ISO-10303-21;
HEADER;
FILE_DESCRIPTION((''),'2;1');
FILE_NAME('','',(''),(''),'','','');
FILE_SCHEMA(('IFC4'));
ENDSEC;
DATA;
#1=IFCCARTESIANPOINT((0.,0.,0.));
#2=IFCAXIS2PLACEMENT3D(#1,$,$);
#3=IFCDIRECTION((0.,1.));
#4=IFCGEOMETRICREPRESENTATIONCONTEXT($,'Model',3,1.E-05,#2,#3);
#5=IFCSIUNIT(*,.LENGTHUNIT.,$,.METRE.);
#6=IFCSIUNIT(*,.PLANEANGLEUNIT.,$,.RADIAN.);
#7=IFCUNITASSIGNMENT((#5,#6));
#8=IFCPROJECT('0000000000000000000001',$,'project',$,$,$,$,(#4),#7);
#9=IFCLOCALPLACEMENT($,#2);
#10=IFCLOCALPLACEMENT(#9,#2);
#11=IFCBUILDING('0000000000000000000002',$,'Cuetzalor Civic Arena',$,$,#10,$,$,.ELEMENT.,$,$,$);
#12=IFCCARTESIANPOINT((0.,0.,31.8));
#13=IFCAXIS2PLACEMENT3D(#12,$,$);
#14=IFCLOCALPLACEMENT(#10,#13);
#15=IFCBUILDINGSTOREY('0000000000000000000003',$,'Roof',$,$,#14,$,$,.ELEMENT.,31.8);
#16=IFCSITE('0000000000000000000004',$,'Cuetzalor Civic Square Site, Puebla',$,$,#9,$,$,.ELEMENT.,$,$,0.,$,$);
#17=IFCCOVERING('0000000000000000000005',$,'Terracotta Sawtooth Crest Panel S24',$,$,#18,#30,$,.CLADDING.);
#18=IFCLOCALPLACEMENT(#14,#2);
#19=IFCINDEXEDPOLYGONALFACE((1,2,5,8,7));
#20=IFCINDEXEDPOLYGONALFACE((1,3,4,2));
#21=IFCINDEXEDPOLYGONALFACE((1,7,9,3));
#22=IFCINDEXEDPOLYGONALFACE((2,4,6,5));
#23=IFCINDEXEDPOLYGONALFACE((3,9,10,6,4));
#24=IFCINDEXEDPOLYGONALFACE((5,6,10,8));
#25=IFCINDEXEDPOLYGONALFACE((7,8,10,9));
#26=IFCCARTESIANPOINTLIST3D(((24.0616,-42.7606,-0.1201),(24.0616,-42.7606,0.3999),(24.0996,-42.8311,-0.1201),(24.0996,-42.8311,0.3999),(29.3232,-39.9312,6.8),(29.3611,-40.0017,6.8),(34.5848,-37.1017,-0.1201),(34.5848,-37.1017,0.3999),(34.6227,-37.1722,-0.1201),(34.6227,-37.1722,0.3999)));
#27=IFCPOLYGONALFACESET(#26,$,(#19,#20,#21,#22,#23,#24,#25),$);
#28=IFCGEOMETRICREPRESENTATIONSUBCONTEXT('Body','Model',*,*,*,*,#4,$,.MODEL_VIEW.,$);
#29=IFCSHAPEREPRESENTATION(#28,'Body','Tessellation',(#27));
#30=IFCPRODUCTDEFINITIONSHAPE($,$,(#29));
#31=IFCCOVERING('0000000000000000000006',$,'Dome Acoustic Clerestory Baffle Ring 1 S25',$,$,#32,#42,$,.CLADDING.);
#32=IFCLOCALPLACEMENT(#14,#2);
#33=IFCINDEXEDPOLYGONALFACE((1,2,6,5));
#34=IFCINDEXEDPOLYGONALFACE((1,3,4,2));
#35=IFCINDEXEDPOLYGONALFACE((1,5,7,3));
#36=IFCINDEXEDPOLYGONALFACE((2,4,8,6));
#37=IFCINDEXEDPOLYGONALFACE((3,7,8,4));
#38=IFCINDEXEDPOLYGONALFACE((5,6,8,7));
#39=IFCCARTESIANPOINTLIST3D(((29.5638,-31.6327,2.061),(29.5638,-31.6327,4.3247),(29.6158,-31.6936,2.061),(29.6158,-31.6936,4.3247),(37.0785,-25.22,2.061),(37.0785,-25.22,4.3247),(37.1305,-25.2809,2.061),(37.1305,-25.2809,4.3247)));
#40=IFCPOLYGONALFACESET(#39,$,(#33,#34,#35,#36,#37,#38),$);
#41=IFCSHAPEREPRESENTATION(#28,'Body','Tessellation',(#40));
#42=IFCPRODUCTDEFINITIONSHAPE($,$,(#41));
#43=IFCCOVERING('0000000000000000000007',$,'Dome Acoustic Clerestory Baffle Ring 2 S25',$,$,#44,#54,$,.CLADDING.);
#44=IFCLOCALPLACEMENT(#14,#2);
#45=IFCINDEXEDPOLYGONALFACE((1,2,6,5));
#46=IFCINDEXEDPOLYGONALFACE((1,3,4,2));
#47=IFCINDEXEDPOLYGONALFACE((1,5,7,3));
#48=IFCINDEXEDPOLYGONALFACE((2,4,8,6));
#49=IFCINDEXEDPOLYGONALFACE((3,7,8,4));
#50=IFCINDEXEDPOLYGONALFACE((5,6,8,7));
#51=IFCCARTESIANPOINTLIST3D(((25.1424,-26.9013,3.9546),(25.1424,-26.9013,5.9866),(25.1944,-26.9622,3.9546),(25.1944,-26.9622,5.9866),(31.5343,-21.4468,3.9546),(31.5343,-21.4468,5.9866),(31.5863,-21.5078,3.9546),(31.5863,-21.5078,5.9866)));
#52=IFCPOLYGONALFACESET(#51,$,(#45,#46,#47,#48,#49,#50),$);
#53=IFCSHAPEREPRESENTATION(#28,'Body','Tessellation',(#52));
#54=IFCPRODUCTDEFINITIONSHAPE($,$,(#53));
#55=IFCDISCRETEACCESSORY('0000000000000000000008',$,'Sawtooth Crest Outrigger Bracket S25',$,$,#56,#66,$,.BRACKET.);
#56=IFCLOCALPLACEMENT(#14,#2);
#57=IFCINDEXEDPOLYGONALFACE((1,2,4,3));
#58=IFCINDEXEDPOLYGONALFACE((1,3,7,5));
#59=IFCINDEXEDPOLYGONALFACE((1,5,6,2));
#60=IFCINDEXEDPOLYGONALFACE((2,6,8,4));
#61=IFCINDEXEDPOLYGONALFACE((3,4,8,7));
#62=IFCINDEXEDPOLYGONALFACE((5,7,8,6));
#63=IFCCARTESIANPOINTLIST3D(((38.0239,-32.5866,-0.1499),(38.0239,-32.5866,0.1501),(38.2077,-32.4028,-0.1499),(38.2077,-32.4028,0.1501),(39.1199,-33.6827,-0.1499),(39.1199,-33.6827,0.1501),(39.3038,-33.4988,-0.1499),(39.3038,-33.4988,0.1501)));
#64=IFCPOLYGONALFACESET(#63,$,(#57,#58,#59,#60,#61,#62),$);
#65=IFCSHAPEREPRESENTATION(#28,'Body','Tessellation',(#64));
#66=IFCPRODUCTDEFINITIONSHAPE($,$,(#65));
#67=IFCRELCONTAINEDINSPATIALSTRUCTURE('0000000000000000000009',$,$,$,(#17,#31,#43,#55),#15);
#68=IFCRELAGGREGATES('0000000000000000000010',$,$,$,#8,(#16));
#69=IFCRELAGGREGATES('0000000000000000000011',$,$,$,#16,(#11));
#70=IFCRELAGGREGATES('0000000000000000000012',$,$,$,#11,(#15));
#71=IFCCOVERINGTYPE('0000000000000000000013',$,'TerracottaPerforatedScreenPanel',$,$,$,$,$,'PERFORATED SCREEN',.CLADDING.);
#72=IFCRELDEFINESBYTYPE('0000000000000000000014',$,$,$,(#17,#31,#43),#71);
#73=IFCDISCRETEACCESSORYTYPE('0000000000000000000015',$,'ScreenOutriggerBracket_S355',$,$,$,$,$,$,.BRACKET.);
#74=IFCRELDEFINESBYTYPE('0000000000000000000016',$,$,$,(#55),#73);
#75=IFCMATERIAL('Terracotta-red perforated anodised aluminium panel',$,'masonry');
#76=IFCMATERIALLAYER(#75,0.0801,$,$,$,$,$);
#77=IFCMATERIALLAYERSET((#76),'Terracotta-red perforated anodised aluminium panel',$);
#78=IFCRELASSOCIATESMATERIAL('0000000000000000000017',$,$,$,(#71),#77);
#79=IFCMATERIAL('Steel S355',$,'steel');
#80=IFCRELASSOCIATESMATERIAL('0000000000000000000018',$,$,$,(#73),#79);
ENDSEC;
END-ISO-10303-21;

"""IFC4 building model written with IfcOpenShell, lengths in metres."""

from ifc_helpers import new_model, si_unit, direction, frame, frame_2d, origin, origin_2d, place, context, subcontext, project, spatial, polyline, rectangle, outline, extrude, material, layer, layer_set, type_object, element, save


model = new_model("IFC4")

# Units and contexts
model_context = context("Model", 3, precision=1e-05, world=origin(), true_north=direction((0.0, 1.0)))
body_context = subcontext(model_context, "Body", "Model", "MODEL_VIEW")
ifc_project = project(units=[si_unit("LENGTHUNIT", "METRE"), si_unit("PLANEANGLEUNIT", "RADIAN")], contexts=[model_context])

# Site, building, storey
site_placement = place(None, origin())
site = spatial("IfcSite", under=ifc_project, at=site_placement, Name="Cuetzalor Civic Square Site, Puebla", CompositionType="ELEMENT", RefElevation=0.0)
building_placement = place(site_placement, origin())
building = spatial("IfcBuilding", under=site, at=building_placement, Name="Cuetzalor Civic Arena", CompositionType="ELEMENT")
storey_placement = place(building_placement, frame((0.0, 0.0, 31.8)))
storey = spatial("IfcBuildingStorey", under=building, at=storey_placement, Name="Roof", CompositionType="ELEMENT", Elevation=31.8)

# Coverings
ifc_material_1 = material(Name="Terracotta-red perforated anodised aluminium panel", Category="masonry")
ifc_layer_1 = layer(ifc_material_1, 0.0801)
ifc_layer_set_1 = layer_set([ifc_layer_1], Name="Terracotta-red perforated anodised aluminium panel")
covering_type = type_object("IfcCoveringType", Name="TerracottaPerforatedScreenPanel", ElementType="PERFORATED SCREEN", PredefinedType="CLADDING", material=ifc_layer_set_1)
covering_1_placement = place(storey_placement, frame((34.6038, -37.137, -0.1201), z_axis=(0.0, 0.0, 1.0), x_axis=(-0.880729, -0.47362, 0.0)))
element("IfcCovering", 1, at=covering_1_placement, inside=storey, type_object=covering_type, Name="Terracotta Sawtooth Crest Panel S24", PredefinedType="CLADDING", context=body_context, shape_type="SweptSolid", body=[
    extrude(outline(polyline([(0.0, 0.0), (11.9482, 0.0), (11.9482, 0.52), (5.9741, 6.9202), (0.0, 0.52), (0.0, 0.0)])), frame((0.0, 0.04, 0.0), z_axis=(0.0, -1.0, 0.0), x_axis=(1.0, 0.0, 0.0)), (0.0, 0.0, 1.0), 0.0801),
])
covering_2_placement = place(storey_placement, frame((37.1045, -25.2505, 2.061), z_axis=(0.0, 0.0, 1.0), x_axis=(-0.760682, -0.649125, 0.0)))
element("IfcCovering", 2, at=covering_2_placement, inside=storey, type_object=covering_type, Name="Dome Acoustic Clerestory Baffle Ring 1 S25", PredefinedType="CLADDING", context=body_context, shape_type="SweptSolid", body=[
    extrude(rectangle(XDim=9.8789, YDim=0.0801, at=frame_2d((4.9395, 0.0))), origin(), (0.0, 0.0, 1.0), 2.2637),
])
covering_3_placement = place(storey_placement, frame((31.5603, -21.4773, 3.9546), z_axis=(0.0, 0.0, 1.0), x_axis=(-0.760688, -0.649117, 0.0)))
element("IfcCovering", 3, at=covering_3_placement, inside=storey, type_object=covering_type, Name="Dome Acoustic Clerestory Baffle Ring 2 S25", PredefinedType="CLADDING", context=body_context, shape_type="SweptSolid", body=[
    extrude(rectangle(XDim=8.4028, YDim=0.0801, at=frame_2d((4.2014, 0.0))), origin(), (0.0, 0.0, 1.0), 2.032),
])

# Discrete accessory
ifc_material_2 = material(Name="Steel S355", Category="steel")
discrete_accessory_type = type_object("IfcDiscreteAccessoryType", Name="ScreenOutriggerBracket_S355", PredefinedType="BRACKET", material=ifc_material_2)
discrete_accessory_placement = place(storey_placement, frame((38.6638, -33.0427, -0.1499), z_axis=(0.0, 0.0, 1.0), x_axis=(0.707107, -0.707107, 0.0)))
element("IfcDiscreteAccessory", 4, at=discrete_accessory_placement, inside=storey, type_object=discrete_accessory_type, Name="Sawtooth Crest Outrigger Bracket S25", PredefinedType="BRACKET", context=body_context, shape_type="SweptSolid", body=[
    extrude(rectangle(XDim=1.55, YDim=0.26, at=origin_2d()), origin(), (0.0, 0.0, 1.0), 0.3),
])

save(model, "model.ifc")
